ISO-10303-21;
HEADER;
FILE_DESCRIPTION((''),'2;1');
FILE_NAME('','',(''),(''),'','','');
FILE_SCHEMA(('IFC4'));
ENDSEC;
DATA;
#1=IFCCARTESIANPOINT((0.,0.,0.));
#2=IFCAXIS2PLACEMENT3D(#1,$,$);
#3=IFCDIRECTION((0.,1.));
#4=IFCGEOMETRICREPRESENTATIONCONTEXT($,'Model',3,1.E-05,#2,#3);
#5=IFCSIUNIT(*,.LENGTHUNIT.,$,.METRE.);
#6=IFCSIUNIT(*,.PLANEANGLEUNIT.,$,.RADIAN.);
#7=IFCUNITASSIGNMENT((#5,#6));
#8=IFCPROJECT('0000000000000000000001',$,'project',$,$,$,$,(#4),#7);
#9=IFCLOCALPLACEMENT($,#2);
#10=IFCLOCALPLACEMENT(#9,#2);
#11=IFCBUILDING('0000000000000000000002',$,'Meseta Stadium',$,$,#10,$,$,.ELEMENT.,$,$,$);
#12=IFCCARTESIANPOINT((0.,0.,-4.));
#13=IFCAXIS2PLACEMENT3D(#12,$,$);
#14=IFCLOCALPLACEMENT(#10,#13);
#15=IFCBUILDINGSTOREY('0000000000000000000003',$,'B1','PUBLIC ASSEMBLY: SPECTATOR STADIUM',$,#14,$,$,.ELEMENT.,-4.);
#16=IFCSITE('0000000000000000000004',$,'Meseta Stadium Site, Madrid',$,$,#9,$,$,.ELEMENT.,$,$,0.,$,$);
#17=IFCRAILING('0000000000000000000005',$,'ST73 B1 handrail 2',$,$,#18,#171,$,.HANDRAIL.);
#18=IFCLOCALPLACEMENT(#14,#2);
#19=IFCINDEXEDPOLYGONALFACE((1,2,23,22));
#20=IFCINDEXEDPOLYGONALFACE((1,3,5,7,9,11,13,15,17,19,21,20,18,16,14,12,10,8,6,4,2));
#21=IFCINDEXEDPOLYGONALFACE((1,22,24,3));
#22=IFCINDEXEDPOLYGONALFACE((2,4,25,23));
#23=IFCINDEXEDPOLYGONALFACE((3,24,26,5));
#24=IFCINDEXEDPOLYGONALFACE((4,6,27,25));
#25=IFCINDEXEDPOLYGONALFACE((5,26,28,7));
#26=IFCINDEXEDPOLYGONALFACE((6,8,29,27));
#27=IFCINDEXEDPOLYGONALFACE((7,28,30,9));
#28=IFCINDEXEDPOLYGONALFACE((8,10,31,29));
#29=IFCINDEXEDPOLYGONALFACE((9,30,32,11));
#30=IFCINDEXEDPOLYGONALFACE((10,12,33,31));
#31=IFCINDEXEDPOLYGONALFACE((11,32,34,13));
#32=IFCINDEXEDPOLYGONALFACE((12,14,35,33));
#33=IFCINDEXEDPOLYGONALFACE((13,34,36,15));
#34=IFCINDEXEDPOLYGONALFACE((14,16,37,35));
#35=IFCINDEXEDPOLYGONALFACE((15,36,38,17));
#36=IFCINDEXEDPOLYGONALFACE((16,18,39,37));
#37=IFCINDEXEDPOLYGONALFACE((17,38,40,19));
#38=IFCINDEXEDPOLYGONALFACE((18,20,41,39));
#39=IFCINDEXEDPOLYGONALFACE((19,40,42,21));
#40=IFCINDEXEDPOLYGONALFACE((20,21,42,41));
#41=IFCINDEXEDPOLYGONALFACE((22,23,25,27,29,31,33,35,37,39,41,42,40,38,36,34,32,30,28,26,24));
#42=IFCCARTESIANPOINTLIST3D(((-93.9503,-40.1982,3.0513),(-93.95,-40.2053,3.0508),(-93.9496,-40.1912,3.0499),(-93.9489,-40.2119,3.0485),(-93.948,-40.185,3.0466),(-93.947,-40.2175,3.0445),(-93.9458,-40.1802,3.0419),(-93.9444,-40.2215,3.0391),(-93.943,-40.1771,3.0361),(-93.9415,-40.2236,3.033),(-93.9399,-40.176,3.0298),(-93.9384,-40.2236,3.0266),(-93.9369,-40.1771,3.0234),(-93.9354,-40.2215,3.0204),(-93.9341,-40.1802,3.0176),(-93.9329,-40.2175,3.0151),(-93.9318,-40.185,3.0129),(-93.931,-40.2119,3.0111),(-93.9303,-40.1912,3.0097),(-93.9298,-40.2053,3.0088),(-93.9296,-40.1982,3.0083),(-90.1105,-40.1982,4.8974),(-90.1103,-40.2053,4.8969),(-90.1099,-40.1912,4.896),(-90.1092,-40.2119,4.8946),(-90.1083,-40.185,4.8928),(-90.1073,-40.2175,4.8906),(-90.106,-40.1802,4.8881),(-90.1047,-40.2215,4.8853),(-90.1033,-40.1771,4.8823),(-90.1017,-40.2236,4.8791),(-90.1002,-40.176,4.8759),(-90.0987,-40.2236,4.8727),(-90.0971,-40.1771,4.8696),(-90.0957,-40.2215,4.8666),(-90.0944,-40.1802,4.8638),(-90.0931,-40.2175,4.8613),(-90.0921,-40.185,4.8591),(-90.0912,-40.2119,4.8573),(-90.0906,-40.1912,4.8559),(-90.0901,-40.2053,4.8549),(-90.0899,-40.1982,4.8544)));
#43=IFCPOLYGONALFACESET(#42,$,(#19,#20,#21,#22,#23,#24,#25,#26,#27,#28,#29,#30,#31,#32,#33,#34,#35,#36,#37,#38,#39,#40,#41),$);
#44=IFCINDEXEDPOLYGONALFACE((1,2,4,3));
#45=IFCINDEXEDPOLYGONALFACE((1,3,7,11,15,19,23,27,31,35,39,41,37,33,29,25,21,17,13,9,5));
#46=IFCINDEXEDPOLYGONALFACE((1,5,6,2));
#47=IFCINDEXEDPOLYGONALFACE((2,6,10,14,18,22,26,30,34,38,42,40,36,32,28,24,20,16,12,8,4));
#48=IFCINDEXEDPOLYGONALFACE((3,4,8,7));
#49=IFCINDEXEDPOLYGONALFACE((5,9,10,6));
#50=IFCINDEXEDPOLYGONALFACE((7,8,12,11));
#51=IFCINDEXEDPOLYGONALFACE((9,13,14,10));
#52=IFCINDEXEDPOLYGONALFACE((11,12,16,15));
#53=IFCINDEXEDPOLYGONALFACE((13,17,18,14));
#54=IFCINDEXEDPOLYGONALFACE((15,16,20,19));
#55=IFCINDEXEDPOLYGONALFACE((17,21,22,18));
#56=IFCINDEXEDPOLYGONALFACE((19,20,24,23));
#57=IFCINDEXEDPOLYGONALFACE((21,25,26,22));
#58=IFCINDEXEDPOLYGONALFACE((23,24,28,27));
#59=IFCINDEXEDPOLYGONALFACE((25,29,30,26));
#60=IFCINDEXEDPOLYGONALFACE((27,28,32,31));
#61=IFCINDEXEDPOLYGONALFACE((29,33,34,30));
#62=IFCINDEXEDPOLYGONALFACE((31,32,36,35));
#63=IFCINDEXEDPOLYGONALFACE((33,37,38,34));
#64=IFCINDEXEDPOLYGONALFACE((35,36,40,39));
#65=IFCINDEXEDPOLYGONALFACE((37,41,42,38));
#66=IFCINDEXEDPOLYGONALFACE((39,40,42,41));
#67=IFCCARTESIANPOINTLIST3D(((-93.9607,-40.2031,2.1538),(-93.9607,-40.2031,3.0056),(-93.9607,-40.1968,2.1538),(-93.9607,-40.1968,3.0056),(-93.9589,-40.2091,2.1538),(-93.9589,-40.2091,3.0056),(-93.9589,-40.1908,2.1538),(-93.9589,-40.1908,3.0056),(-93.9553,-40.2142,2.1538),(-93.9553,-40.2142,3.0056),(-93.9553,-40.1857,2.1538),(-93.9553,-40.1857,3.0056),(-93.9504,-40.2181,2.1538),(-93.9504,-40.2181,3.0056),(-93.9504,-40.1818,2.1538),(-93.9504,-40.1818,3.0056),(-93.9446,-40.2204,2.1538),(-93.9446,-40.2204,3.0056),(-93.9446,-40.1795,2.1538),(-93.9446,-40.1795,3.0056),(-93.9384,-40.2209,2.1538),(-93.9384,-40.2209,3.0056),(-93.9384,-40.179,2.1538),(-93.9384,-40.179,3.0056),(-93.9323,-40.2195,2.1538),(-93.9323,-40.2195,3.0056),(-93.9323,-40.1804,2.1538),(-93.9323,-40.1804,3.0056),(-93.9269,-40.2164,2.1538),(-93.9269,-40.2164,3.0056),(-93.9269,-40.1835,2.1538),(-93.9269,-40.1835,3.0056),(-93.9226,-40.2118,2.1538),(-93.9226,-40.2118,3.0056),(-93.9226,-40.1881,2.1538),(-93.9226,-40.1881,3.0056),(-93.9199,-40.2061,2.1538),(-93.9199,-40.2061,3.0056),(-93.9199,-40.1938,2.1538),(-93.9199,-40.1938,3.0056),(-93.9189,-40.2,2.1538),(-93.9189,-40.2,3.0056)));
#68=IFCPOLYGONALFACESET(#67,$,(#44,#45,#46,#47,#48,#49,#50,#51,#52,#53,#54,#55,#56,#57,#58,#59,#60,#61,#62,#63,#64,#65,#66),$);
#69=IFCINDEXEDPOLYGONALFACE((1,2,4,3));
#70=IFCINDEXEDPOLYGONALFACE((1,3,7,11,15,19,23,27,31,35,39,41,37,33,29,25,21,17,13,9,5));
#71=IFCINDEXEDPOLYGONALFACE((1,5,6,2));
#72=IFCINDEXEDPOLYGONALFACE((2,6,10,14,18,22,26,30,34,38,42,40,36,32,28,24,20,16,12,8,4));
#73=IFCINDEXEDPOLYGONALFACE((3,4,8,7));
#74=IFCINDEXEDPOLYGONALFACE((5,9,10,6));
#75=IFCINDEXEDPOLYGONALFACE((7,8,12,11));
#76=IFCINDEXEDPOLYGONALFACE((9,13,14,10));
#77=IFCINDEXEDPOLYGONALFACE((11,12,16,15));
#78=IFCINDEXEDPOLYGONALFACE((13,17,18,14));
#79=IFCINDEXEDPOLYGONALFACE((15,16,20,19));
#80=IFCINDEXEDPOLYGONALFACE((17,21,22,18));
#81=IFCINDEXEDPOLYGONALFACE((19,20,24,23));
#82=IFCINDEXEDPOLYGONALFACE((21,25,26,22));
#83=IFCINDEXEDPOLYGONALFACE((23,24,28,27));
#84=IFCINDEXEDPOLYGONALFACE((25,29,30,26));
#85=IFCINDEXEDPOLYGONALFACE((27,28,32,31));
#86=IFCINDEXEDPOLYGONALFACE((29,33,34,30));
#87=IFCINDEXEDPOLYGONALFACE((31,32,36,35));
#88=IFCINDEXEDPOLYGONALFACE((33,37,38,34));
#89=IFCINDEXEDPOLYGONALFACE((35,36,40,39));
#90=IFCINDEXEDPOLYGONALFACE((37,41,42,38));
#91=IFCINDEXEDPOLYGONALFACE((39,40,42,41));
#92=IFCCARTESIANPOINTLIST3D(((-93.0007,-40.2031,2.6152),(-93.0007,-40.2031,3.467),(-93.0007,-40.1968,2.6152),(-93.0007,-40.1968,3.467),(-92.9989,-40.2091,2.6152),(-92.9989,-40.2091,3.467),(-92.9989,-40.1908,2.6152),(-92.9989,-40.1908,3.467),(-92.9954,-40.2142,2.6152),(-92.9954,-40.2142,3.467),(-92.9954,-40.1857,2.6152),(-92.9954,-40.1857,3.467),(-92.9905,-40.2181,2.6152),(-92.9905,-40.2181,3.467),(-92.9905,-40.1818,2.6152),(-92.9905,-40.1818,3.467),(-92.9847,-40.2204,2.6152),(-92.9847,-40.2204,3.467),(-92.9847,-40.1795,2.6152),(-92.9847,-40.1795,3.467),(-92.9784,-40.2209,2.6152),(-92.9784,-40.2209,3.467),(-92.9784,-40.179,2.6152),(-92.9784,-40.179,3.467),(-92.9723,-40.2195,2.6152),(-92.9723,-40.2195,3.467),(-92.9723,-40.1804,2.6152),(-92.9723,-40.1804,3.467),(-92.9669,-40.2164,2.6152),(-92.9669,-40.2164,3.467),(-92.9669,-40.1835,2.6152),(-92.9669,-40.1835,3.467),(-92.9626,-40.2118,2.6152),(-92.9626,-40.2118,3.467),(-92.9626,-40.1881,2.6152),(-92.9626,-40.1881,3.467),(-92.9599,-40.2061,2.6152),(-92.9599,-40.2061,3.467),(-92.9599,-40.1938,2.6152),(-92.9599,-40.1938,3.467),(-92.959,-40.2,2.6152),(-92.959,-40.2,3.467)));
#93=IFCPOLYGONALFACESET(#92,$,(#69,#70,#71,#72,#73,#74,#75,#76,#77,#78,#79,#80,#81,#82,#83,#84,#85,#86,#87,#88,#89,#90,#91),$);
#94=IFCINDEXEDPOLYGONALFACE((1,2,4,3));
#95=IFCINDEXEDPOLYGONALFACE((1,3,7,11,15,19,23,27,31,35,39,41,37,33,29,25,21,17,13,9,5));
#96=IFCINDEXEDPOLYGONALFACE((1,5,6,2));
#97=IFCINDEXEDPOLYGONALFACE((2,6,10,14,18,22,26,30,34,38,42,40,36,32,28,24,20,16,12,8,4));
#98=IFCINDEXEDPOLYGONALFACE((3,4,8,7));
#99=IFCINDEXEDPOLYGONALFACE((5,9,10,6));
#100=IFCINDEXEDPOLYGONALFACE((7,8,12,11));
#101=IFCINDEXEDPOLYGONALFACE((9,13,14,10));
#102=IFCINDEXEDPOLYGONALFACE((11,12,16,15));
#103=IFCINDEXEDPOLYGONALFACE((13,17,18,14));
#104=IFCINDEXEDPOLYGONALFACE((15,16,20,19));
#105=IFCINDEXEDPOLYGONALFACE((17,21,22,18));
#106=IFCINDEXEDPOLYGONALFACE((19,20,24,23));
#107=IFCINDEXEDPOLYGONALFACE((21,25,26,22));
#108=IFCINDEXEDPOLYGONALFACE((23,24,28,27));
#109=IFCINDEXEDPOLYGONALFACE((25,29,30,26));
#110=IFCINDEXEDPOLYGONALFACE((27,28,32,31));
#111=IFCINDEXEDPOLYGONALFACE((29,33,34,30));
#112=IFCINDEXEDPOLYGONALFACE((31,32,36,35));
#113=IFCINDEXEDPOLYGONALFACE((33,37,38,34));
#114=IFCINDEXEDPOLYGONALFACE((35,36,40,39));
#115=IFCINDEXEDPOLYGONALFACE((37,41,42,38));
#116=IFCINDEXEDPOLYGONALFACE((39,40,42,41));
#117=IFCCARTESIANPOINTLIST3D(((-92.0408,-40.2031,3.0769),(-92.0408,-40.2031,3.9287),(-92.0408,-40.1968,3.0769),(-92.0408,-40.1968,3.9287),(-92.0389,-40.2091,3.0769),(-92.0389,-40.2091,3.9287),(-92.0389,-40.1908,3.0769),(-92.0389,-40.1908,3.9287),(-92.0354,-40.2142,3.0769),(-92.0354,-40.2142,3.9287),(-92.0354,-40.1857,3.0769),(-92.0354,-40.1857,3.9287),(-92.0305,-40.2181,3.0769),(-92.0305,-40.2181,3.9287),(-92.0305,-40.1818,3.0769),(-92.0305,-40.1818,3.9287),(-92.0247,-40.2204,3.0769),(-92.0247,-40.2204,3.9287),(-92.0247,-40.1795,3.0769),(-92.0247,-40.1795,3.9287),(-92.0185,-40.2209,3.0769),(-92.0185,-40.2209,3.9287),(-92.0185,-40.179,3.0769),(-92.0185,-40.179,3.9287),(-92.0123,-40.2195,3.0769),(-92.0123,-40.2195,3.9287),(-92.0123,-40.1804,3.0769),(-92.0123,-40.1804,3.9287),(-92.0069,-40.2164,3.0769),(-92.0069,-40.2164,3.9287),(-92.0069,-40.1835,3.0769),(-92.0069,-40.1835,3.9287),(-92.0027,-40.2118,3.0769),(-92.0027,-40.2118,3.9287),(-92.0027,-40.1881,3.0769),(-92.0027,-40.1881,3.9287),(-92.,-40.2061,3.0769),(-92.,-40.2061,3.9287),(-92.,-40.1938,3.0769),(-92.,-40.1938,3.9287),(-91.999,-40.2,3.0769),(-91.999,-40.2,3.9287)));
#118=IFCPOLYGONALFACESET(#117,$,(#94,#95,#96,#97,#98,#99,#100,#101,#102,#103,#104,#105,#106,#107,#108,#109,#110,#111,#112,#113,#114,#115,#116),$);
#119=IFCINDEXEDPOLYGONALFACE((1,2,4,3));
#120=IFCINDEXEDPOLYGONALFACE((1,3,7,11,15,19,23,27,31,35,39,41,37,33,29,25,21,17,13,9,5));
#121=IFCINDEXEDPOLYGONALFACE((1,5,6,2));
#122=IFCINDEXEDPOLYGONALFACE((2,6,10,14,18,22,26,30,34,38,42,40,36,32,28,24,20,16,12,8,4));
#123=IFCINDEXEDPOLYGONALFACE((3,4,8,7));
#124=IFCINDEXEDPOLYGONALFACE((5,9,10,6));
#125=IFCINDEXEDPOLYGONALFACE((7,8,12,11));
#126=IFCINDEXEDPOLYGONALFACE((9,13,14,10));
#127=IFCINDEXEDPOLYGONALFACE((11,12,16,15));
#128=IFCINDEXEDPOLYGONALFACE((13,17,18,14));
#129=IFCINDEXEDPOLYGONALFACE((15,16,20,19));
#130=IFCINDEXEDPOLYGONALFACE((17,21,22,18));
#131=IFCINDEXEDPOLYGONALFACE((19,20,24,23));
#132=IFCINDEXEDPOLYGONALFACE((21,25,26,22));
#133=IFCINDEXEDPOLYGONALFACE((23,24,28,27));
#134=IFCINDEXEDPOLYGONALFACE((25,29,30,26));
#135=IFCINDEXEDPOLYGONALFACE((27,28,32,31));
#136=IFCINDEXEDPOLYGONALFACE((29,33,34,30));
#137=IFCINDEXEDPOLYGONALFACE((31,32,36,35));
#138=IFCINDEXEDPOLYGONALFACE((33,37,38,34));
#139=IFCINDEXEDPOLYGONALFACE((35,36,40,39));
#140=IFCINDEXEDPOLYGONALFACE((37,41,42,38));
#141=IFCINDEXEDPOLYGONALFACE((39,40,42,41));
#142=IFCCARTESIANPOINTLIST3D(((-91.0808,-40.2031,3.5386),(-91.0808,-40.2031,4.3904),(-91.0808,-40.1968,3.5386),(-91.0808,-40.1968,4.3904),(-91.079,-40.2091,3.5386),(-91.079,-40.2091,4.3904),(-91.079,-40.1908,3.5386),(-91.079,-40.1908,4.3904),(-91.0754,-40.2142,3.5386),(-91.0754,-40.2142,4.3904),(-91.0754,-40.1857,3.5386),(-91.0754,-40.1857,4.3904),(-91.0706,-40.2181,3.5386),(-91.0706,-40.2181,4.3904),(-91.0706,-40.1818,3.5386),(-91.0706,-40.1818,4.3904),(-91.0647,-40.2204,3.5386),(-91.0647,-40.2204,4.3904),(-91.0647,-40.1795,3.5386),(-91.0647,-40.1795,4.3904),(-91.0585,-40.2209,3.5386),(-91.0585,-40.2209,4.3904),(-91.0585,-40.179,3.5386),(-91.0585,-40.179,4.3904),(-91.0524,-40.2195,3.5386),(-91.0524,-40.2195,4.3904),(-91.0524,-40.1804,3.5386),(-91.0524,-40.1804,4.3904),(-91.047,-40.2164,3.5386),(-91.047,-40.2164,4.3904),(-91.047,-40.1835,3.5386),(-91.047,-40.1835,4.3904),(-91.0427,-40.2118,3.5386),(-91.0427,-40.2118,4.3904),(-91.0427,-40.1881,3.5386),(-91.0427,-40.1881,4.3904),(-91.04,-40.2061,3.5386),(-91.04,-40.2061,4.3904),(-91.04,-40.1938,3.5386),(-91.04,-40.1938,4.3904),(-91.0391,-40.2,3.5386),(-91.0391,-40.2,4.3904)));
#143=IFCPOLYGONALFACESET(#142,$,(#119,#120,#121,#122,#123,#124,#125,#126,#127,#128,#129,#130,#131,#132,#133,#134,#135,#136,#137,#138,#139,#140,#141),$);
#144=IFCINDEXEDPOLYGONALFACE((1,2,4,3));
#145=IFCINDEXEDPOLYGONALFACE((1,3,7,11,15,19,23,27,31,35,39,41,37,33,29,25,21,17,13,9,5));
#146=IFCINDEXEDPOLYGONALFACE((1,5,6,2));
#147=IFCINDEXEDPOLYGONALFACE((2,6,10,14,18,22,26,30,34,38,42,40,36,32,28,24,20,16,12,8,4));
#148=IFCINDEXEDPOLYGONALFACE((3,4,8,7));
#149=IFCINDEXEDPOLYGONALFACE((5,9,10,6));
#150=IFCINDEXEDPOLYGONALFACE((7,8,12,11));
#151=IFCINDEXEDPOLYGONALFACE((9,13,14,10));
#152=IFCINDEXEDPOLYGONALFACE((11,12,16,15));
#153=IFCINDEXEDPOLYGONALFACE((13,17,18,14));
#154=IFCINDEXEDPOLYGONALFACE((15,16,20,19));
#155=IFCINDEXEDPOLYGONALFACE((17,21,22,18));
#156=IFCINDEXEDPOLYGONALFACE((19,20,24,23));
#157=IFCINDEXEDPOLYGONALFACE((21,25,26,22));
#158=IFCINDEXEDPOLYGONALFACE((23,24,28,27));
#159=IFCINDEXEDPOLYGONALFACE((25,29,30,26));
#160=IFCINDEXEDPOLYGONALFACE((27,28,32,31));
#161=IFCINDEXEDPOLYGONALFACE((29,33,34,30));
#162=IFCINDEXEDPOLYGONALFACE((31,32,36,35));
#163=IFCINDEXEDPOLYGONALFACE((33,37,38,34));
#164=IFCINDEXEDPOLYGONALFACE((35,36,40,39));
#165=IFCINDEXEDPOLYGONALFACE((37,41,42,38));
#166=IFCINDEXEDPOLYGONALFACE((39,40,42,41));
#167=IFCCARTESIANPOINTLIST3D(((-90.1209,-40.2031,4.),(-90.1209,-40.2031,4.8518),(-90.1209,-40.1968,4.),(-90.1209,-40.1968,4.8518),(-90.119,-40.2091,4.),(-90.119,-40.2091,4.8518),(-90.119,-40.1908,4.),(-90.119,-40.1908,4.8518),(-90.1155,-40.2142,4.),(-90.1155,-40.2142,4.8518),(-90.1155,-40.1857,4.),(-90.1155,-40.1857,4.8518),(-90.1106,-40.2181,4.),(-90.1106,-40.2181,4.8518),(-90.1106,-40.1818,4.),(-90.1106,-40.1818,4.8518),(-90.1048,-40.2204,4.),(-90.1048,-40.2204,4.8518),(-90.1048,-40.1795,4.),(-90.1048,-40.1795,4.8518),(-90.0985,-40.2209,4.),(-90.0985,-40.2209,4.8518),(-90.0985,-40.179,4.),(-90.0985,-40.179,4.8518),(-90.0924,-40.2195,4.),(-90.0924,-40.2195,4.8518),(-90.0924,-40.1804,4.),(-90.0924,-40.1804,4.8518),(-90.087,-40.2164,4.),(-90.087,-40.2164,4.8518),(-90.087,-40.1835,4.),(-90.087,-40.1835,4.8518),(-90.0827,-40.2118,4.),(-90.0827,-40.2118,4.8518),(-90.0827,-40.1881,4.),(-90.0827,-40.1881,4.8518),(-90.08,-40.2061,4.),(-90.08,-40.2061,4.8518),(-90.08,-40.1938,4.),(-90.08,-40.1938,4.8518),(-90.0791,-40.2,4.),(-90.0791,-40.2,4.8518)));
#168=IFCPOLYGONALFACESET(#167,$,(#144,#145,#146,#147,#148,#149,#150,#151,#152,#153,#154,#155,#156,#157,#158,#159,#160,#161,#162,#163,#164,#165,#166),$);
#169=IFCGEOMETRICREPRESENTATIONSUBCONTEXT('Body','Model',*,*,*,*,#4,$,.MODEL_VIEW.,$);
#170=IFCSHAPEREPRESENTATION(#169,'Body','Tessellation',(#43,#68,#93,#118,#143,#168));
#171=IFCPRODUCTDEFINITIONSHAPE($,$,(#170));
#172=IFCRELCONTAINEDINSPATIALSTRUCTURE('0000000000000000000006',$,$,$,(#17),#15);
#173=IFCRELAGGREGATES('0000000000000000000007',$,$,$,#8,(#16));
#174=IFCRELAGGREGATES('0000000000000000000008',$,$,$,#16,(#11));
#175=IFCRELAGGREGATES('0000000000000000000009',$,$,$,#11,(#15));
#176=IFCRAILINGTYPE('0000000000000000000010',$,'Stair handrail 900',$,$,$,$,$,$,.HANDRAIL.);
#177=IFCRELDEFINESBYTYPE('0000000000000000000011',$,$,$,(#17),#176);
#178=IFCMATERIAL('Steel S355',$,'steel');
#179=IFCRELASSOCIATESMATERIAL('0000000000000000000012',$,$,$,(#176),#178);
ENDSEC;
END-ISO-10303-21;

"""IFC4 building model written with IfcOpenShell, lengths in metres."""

from ifc_helpers import new_model, si_unit, direction, frame, origin, origin_2d, place, context, subcontext, project, spatial, circle, extrude, material, type_object, element, save


model = new_model("IFC4")

# Units and contexts
model_context = context("Model", 3, precision=1e-05, world=origin(), true_north=direction((0.0, 1.0)))
body_context = subcontext(model_context, "Body", "Model", "MODEL_VIEW")
ifc_project = project(units=[si_unit("LENGTHUNIT", "METRE"), si_unit("PLANEANGLEUNIT", "RADIAN")], contexts=[model_context])

# Site, building, storey
site_placement = place(None, origin())
site = spatial("IfcSite", under=ifc_project, at=site_placement, Name="Meseta Stadium Site, Madrid", CompositionType="ELEMENT", RefElevation=0.0)
building_placement = place(site_placement, origin())
building = spatial("IfcBuilding", under=site, at=building_placement, Name="Meseta Stadium", CompositionType="ELEMENT")
storey_placement = place(building_placement, frame((0.0, 0.0, -4.0)))
storey = spatial("IfcBuildingStorey", under=building, at=storey_placement, Name="B1", Description="PUBLIC ASSEMBLY: SPECTATOR STADIUM", CompositionType="ELEMENT", Elevation=-4.0)

# Railing
ifc_material_1 = material(Name="Steel S355", Category="steel")
railing_type_1 = type_object("IfcRailingType", Name="Stair handrail 900", PredefinedType="HANDRAIL", material=ifc_material_1)
railing_1_placement = place(storey_placement, frame((-93.9399, -40.2, 2.1538)))
element("IfcRailing", 1, at=railing_1_placement, inside=storey, type_object=railing_type_1, Name="ST73 B1 handrail 2", PredefinedType="HANDRAIL", context=body_context, shape_type="SweptSolid", body=[
    extrude(circle(Radius=0.0239, at=origin_2d()), frame((0.0, 0.0, 0.876), z_axis=(0.901242, 0.0, 0.433316), x_axis=(0.0, 1.0, 0.0)), (0.0, 0.0, 1.0), 4.2605),
    extrude(circle(Radius=0.021, at=origin_2d()), origin(), (0.0, 0.0, 1.0), 0.8518),
    extrude(circle(Radius=0.021, at=origin_2d()), frame((0.96, 0.0, 0.4614)), (0.0, 0.0, 1.0), 0.8518),
    extrude(circle(Radius=0.021, at=origin_2d()), frame((1.9199, 0.0, 0.9231)), (0.0, 0.0, 1.0), 0.8518),
    extrude(circle(Radius=0.021, at=origin_2d()), frame((2.8799, 0.0, 1.3848)), (0.0, 0.0, 1.0), 0.8518),
    extrude(circle(Radius=0.021, at=origin_2d()), frame((3.8398, 0.0, 1.8462)), (0.0, 0.0, 1.0), 0.8518),
])

save(model, "model.ifc")
